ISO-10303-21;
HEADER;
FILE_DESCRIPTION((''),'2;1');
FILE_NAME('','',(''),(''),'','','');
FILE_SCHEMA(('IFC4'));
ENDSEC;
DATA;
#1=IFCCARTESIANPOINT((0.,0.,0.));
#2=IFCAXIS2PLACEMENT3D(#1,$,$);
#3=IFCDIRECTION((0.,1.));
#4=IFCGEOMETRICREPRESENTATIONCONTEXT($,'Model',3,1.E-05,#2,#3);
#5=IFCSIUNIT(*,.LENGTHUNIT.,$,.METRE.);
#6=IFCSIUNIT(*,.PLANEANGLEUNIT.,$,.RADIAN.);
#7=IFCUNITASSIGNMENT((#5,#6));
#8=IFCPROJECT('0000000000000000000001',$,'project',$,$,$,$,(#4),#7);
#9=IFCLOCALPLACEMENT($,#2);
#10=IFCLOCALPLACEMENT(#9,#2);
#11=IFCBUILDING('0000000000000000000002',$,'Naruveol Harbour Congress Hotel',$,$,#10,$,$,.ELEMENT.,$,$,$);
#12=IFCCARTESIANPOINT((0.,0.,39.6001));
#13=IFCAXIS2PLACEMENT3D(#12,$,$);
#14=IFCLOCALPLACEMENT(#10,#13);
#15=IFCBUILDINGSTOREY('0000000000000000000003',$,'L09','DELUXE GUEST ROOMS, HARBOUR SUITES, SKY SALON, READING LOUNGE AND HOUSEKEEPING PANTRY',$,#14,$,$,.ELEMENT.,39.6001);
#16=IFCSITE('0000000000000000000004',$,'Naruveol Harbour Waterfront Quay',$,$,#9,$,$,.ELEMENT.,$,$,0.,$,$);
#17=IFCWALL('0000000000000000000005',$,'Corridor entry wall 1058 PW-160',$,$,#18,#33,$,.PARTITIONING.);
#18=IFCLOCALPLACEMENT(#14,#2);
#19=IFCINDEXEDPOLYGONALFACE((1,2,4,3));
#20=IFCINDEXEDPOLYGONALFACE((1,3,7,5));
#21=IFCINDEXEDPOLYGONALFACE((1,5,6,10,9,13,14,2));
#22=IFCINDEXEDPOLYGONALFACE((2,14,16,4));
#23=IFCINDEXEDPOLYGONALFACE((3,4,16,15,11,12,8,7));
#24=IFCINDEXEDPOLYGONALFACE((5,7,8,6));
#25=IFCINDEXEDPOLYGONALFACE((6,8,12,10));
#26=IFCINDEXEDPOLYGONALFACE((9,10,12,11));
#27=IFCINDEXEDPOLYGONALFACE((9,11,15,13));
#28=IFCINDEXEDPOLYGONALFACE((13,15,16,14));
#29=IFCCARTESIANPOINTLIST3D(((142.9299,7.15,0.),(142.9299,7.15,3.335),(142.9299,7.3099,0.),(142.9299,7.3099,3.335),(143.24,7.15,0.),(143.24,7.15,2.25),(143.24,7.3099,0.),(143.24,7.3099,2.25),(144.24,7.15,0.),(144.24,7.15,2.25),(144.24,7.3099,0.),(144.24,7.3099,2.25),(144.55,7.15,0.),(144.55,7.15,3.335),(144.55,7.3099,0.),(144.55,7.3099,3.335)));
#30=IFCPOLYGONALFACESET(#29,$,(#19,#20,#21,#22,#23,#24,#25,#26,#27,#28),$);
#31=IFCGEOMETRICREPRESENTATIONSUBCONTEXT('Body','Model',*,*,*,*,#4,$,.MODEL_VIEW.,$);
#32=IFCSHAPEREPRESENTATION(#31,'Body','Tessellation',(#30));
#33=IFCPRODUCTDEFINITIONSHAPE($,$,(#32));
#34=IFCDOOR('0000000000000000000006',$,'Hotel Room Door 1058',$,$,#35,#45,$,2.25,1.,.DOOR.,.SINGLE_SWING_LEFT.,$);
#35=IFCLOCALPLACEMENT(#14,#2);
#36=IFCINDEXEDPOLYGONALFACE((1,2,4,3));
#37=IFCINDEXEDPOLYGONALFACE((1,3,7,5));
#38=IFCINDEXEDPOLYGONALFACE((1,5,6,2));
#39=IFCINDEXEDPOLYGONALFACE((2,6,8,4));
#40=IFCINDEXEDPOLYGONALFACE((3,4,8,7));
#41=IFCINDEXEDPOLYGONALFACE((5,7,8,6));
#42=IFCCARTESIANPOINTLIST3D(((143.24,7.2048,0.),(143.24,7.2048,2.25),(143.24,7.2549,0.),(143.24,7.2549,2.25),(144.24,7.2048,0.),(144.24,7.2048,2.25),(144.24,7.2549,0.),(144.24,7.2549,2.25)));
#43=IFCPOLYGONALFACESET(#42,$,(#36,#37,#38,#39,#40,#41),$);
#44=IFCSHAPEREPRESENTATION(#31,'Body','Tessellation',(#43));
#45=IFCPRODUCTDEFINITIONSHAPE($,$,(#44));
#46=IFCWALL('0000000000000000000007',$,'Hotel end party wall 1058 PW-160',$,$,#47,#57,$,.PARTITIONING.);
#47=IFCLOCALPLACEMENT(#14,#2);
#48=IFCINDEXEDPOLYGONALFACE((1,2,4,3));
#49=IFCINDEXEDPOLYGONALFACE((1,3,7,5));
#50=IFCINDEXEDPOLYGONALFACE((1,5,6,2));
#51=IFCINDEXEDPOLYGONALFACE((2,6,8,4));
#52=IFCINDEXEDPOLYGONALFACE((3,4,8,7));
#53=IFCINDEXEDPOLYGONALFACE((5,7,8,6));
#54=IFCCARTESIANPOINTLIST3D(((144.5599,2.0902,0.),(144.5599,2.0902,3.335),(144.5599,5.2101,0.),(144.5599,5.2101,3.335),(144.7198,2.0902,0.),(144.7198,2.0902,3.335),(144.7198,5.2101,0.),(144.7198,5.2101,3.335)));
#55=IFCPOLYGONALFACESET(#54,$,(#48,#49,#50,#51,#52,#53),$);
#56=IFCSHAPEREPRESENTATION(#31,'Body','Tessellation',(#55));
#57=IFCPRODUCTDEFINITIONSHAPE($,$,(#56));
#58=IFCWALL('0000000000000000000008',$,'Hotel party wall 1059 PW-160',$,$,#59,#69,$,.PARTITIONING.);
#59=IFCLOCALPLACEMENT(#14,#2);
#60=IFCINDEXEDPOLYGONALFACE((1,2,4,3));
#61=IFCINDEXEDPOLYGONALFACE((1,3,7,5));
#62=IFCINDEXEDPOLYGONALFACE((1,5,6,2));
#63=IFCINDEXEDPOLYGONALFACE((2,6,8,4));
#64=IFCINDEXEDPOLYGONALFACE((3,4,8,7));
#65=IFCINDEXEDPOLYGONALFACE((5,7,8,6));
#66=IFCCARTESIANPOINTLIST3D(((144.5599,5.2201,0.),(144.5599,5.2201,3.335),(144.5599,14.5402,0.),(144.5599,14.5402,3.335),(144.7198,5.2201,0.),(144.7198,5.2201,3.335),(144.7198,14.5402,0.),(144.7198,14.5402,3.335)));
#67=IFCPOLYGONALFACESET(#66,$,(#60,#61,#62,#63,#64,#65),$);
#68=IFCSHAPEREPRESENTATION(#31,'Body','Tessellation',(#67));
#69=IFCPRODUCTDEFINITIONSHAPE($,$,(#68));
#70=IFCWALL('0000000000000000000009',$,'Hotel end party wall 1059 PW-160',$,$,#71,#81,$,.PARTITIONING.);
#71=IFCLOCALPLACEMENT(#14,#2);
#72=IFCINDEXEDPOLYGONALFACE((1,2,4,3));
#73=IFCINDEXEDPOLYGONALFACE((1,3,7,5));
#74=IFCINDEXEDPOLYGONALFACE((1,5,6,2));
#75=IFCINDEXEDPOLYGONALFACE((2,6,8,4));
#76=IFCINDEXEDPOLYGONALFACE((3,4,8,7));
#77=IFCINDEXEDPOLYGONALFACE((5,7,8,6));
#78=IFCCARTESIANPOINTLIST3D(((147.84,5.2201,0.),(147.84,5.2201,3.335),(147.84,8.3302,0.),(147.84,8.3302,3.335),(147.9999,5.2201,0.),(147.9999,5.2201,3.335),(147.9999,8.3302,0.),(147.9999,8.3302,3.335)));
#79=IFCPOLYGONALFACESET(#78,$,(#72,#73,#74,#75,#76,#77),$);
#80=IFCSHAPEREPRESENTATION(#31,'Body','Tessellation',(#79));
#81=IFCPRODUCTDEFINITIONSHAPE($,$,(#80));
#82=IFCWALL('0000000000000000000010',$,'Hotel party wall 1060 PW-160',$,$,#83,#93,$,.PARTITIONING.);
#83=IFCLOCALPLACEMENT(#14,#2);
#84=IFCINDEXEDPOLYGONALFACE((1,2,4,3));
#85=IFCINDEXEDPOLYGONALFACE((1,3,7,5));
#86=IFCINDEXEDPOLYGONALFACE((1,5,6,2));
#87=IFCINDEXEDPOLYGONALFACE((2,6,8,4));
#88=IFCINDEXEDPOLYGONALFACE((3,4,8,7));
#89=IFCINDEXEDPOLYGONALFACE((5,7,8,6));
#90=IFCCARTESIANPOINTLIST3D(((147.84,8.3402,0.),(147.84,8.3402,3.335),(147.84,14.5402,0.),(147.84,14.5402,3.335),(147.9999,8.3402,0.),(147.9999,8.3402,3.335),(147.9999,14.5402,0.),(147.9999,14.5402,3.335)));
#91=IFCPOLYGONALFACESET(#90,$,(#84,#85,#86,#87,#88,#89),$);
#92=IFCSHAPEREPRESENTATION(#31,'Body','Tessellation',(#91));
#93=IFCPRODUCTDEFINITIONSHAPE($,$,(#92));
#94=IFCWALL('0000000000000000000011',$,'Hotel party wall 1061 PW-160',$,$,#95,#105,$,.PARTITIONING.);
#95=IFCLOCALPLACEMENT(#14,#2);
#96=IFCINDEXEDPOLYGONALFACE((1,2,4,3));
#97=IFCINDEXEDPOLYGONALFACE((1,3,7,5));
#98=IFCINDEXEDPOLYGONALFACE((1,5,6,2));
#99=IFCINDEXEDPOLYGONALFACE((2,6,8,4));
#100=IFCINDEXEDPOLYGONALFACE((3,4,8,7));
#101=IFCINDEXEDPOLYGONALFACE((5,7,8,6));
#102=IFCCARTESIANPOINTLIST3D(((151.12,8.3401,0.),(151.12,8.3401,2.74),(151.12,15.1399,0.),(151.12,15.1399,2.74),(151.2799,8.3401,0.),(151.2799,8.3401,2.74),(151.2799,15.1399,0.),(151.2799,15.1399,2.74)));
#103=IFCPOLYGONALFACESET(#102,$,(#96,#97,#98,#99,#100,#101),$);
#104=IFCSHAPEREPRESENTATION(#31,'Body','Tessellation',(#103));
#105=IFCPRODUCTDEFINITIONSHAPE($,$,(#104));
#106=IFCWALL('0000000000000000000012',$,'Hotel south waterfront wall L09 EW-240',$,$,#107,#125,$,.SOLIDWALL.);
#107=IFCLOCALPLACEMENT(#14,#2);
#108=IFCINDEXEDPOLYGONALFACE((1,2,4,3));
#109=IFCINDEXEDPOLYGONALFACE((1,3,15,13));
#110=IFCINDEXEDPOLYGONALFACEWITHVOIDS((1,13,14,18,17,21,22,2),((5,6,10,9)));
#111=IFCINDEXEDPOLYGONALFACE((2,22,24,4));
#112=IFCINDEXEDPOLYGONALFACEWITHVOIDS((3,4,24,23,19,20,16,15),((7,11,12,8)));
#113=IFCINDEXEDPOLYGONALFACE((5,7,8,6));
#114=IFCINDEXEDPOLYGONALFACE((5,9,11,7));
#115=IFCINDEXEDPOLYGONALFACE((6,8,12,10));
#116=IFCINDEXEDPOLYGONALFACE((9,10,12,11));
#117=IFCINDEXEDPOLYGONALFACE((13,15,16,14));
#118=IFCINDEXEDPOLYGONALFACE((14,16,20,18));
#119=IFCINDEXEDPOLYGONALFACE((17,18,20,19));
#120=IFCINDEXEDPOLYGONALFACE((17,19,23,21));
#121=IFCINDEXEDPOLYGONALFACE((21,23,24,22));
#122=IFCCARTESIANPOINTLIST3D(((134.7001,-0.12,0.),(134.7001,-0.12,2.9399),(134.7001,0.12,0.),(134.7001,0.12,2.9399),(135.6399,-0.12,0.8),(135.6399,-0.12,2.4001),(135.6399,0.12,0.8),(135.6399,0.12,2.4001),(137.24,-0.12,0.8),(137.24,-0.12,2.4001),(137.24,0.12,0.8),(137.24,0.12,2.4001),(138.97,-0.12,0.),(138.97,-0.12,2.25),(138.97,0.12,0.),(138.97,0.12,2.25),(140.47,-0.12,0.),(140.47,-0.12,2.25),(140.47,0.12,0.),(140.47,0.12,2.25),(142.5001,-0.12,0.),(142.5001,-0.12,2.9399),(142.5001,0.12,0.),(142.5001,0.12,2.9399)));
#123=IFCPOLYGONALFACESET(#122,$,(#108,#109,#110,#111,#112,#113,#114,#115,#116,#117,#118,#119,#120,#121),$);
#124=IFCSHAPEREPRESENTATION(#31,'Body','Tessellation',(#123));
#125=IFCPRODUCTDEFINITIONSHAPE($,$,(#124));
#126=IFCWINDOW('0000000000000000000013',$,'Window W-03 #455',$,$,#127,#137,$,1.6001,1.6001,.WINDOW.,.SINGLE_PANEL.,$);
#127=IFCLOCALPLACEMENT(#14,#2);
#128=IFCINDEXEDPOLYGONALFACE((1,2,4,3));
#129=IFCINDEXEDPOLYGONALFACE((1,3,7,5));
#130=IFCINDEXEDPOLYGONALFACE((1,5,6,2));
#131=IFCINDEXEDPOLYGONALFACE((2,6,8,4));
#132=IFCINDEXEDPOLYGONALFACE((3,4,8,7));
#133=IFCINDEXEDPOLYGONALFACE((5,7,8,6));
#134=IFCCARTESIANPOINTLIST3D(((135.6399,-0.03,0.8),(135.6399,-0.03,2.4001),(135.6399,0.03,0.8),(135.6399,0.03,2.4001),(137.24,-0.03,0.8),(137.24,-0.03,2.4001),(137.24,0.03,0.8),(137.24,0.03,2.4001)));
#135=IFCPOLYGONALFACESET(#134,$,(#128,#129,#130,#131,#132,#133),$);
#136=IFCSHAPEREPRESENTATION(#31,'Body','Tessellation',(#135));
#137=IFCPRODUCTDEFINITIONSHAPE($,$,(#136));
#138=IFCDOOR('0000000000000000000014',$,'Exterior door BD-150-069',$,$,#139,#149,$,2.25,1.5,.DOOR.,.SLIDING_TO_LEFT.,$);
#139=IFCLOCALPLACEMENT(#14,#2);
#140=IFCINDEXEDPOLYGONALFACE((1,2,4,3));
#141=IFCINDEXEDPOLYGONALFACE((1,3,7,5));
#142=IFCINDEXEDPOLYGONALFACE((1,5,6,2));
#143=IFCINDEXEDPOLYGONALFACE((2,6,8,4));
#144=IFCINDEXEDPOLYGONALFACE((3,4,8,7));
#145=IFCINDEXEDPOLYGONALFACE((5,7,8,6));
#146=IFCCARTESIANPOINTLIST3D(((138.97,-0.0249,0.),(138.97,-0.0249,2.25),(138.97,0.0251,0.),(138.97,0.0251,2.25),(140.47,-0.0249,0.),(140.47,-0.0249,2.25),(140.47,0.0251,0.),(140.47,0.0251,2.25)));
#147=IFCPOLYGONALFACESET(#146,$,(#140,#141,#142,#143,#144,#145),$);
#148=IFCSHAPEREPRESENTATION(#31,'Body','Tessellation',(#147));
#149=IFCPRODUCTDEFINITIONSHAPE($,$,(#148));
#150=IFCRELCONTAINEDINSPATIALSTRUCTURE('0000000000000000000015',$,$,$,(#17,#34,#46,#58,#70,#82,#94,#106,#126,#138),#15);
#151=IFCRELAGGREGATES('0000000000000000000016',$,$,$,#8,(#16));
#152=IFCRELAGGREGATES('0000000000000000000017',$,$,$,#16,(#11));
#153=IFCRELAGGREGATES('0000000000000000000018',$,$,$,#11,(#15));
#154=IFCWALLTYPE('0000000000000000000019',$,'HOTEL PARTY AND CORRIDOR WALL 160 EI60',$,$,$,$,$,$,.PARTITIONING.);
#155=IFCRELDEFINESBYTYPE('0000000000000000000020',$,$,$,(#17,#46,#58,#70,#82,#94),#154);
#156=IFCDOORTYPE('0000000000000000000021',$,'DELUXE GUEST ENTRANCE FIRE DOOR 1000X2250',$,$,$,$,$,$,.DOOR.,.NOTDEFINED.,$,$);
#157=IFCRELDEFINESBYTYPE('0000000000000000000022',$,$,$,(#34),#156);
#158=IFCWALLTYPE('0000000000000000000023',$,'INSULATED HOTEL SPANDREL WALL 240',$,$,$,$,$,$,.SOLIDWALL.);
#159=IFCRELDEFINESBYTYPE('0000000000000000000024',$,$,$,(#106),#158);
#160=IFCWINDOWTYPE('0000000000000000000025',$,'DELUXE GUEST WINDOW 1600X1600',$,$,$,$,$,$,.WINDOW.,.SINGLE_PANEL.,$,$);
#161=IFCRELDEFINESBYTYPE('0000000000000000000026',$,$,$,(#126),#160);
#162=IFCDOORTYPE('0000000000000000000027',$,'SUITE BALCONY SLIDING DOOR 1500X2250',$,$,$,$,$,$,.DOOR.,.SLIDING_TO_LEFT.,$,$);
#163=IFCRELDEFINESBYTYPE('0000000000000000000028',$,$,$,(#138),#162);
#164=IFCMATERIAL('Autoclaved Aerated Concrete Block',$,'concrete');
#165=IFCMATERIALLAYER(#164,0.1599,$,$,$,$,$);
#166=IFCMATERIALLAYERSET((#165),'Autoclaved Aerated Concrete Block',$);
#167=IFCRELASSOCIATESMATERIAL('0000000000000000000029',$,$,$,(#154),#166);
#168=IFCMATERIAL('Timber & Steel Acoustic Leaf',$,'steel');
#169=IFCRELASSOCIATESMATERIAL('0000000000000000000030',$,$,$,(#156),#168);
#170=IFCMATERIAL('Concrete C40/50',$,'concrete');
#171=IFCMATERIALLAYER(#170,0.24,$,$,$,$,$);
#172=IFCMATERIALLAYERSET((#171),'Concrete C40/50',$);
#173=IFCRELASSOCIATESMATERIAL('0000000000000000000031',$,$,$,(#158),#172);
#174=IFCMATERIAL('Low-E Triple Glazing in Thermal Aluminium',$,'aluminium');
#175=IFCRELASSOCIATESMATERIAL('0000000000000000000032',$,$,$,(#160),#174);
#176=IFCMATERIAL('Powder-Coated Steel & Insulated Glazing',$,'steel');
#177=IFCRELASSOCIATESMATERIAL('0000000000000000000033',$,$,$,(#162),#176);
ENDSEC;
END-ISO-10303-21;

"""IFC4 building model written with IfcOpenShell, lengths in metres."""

from ifc_helpers import new_model, si_unit, direction, frame, frame_2d, origin, place, context, subcontext, project, spatial, rectangle, extrude, material, layer, layer_set, type_object, element, fill, save


model = new_model("IFC4")

# Units and contexts
model_context = context("Model", 3, precision=1e-05, world=origin(), true_north=direction((0.0, 1.0)))
body_context = subcontext(model_context, "Body", "Model", "MODEL_VIEW")
ifc_project = project(units=[si_unit("LENGTHUNIT", "METRE"), si_unit("PLANEANGLEUNIT", "RADIAN")], contexts=[model_context])

# Site, building, storey
site_placement = place(None, origin())
site = spatial("IfcSite", under=ifc_project, at=site_placement, Name="Naruveol Harbour Waterfront Quay", CompositionType="ELEMENT", RefElevation=0.0)
building_placement = place(site_placement, origin())
building = spatial("IfcBuilding", under=site, at=building_placement, Name="Naruveol Harbour Congress Hotel", CompositionType="ELEMENT")
storey_placement = place(building_placement, frame((0.0, 0.0, 39.6001)))
storey = spatial("IfcBuildingStorey", under=building, at=storey_placement, Name="L09", Description="DELUXE GUEST ROOMS, HARBOUR SUITES, SKY SALON, READING LOUNGE AND HOUSEKEEPING PANTRY", CompositionType="ELEMENT", Elevation=39.6001)

# Shared definitions
ifc_material_1 = material(Name="Autoclaved Aerated Concrete Block", Category="concrete")
ifc_layer_1 = layer(ifc_material_1, 0.1599)
ifc_layer_set_1 = layer_set([ifc_layer_1], Name="Autoclaved Aerated Concrete Block")
wall_type_1 = type_object("IfcWallType", Name="HOTEL PARTY AND CORRIDOR WALL 160 EI60", PredefinedType="PARTITIONING", material=ifc_layer_set_1)

# Wall, opening, door
wall_1_placement = place(storey_placement, frame((142.9299, 7.23, 0.0), z_axis=(0.0, 0.0, 1.0), x_axis=(1.0, 0.0, 0.0)))
wall_1 = element("IfcWall", 1, at=wall_1_placement, inside=storey, type_object=wall_type_1, Name="Corridor entry wall 1058 PW-160", PredefinedType="PARTITIONING", context=body_context, shape_type="SweptSolid", body=[
    extrude(rectangle(XDim=1.6201, YDim=0.1599, at=frame_2d((0.8101, 0.0))), origin(), (0.0, 0.0, 1.0), 3.335),
])
opening_1_placement = place(wall_1_placement, frame((0.3101, 0.0, 0.0)))
opening_1 = element("IfcOpeningElement", 2, at=opening_1_placement, cuts=wall_1, PredefinedType="OPENING", context=body_context, shape_type="SweptSolid", body=[
    extrude(rectangle(XDim=1.0, YDim=2.25, at=frame_2d((0.5, 1.125))), frame((0.0, 0.0898, 0.0), z_axis=(0.0, -1.0, 0.0), x_axis=(1.0, 0.0, 0.0)), (0.0, 0.0, 1.0), 0.1799),
])
ifc_material_2 = material(Name="Timber & Steel Acoustic Leaf", Category="steel")
door_type_1 = type_object("IfcDoorType", Name="DELUXE GUEST ENTRANCE FIRE DOOR 1000X2250", OperationType="NOTDEFINED", PredefinedType="DOOR", material=ifc_material_2)
door_1_placement = place(opening_1_placement, origin())
door_1 = element("IfcDoor", 3, at=door_1_placement, inside=storey, type_object=door_type_1, Name="Hotel Room Door 1058", OperationType="SINGLE_SWING_LEFT", OverallHeight=2.25, OverallWidth=1.0, PredefinedType="DOOR", context=body_context, shape_type="SweptSolid", body=[
    extrude(rectangle(XDim=1.0, YDim=2.25, at=frame_2d((0.5, 1.125))), frame((0.0, 0.0249, 0.0), z_axis=(0.0, -1.0, 0.0), x_axis=(1.0, 0.0, 0.0)), (0.0, 0.0, 1.0), 0.05),
])
fill(opening_1, door_1)

# Walls
wall_2_placement = place(storey_placement, frame((144.6399, 2.0901, 0.0), z_axis=(0.0, 0.0, 1.0), x_axis=(0.0, 1.0, 0.0)))
element("IfcWall", 4, at=wall_2_placement, inside=storey, type_object=wall_type_1, Name="Hotel end party wall 1058 PW-160", PredefinedType="PARTITIONING", context=body_context, shape_type="SweptSolid", body=[
    extrude(rectangle(XDim=3.1199, YDim=0.1599, at=frame_2d((1.5601, 0.0))), origin(), (0.0, 0.0, 1.0), 3.335),
])
wall_3_placement = place(storey_placement, frame((144.6399, 5.22, 0.0), z_axis=(0.0, 0.0, 1.0), x_axis=(0.0, 1.0, 0.0)))
element("IfcWall", 5, at=wall_3_placement, inside=storey, type_object=wall_type_1, Name="Hotel party wall 1059 PW-160", PredefinedType="PARTITIONING", context=body_context, shape_type="SweptSolid", body=[
    extrude(rectangle(XDim=9.3201, YDim=0.1599, at=frame_2d((4.6602, 0.0))), origin(), (0.0, 0.0, 1.0), 3.335),
])
wall_4_placement = place(storey_placement, frame((147.9199, 5.22, 0.0), z_axis=(0.0, 0.0, 1.0), x_axis=(0.0, 1.0, 0.0)))
element("IfcWall", 6, at=wall_4_placement, inside=storey, type_object=wall_type_1, Name="Hotel end party wall 1059 PW-160", PredefinedType="PARTITIONING", context=body_context, shape_type="SweptSolid", body=[
    extrude(rectangle(XDim=3.1101, YDim=0.1599, at=frame_2d((1.5552, 0.0))), origin(), (0.0, 0.0, 1.0), 3.335),
])
wall_5_placement = place(storey_placement, frame((147.9199, 8.3401, 0.0), z_axis=(0.0, 0.0, 1.0), x_axis=(0.0, 1.0, 0.0)))
element("IfcWall", 7, at=wall_5_placement, inside=storey, type_object=wall_type_1, Name="Hotel party wall 1060 PW-160", PredefinedType="PARTITIONING", context=body_context, shape_type="SweptSolid", body=[
    extrude(rectangle(XDim=6.2, YDim=0.1599, at=frame_2d((3.1001, 0.0))), origin(), (0.0, 0.0, 1.0), 3.335),
])
wall_6_placement = place(storey_placement, frame((151.2, 8.3401, 0.0), z_axis=(0.0, 0.0, 1.0), x_axis=(0.0, 1.0, 0.0)))
element("IfcWall", 8, at=wall_6_placement, inside=storey, type_object=wall_type_1, Name="Hotel party wall 1061 PW-160", PredefinedType="PARTITIONING", context=body_context, shape_type="SweptSolid", body=[
    extrude(rectangle(XDim=6.7998, YDim=0.1599, at=frame_2d((3.3999, 0.0))), origin(), (0.0, 0.0, 1.0), 2.74),
])

# Wall, openings, window, door
ifc_material_3 = material(Name="Concrete C40/50", Category="concrete")
ifc_layer_2 = layer(ifc_material_3, 0.24)
ifc_layer_set_2 = layer_set([ifc_layer_2], Name="Concrete C40/50")
wall_type_2 = type_object("IfcWallType", Name="INSULATED HOTEL SPANDREL WALL 240", PredefinedType="SOLIDWALL", material=ifc_layer_set_2)
wall_7_placement = place(storey_placement, frame((142.5, 0.0, 0.0), z_axis=(0.0, 0.0, 1.0), x_axis=(-1.0, 0.0, 0.0)))
wall_7 = element("IfcWall", 9, at=wall_7_placement, inside=storey, type_object=wall_type_2, Name="Hotel south waterfront wall L09 EW-240", PredefinedType="SOLIDWALL", context=body_context, shape_type="SweptSolid", body=[
    extrude(rectangle(XDim=7.8, YDim=0.24, at=frame_2d((3.8999, 0.0))), origin(), (0.0, 0.0, 1.0), 2.9399),
])
opening_2_placement = place(wall_7_placement, frame((2.03, 0.0, 0.0)))
opening_2 = element("IfcOpeningElement", 10, at=opening_2_placement, cuts=wall_7, PredefinedType="OPENING", context=body_context, shape_type="SweptSolid", body=[
    extrude(rectangle(XDim=1.5, YDim=2.25, at=frame_2d((0.75, 1.125))), frame((0.0, 0.1299, 0.0), z_axis=(0.0, -1.0, 0.0), x_axis=(1.0, 0.0, 0.0)), (0.0, 0.0, 1.0), 0.26),
])
opening_3_placement = place(wall_7_placement, frame((5.26, 0.0, 0.8)))
opening_3 = element("IfcOpeningElement", 11, at=opening_3_placement, cuts=wall_7, PredefinedType="OPENING", context=body_context, shape_type="SweptSolid", body=[
    extrude(rectangle(XDim=1.6001, YDim=1.6001, at=frame_2d((0.8, 0.8))), frame((0.0, 0.1299, 0.0), z_axis=(0.0, -1.0, 0.0), x_axis=(1.0, 0.0, 0.0)), (0.0, 0.0, 1.0), 0.26),
])
ifc_material_4 = material(Name="Low-E Triple Glazing in Thermal Aluminium", Category="aluminium")
window_type = type_object("IfcWindowType", Name="DELUXE GUEST WINDOW 1600X1600", PartitioningType="SINGLE_PANEL", PredefinedType="WINDOW", material=ifc_material_4)
window_1_placement = place(opening_3_placement, origin())
window_1 = element("IfcWindow", 12, at=window_1_placement, inside=storey, type_object=window_type, Name="Window W-03 #455", OverallHeight=1.6001, OverallWidth=1.6001, PartitioningType="SINGLE_PANEL", PredefinedType="WINDOW", context=body_context, shape_type="SweptSolid", body=[
    extrude(rectangle(XDim=1.6001, YDim=1.6001, at=frame_2d((0.8, 0.8))), frame((0.0, 0.03, 0.0), z_axis=(0.0, -1.0, 0.0), x_axis=(1.0, 0.0, 0.0)), (0.0, 0.0, 1.0), 0.0601),
])
fill(opening_3, window_1)
ifc_material_5 = material(Name="Powder-Coated Steel & Insulated Glazing", Category="steel")
door_type_2 = type_object("IfcDoorType", Name="SUITE BALCONY SLIDING DOOR 1500X2250", OperationType="SLIDING_TO_LEFT", PredefinedType="DOOR", material=ifc_material_5)
door_2_placement = place(opening_2_placement, origin())
door_2 = element("IfcDoor", 13, at=door_2_placement, inside=storey, type_object=door_type_2, Name="Exterior door BD-150-069", OperationType="SLIDING_TO_LEFT", OverallHeight=2.25, OverallWidth=1.5, PredefinedType="DOOR", context=body_context, shape_type="SweptSolid", body=[
    extrude(rectangle(XDim=1.5, YDim=2.25, at=frame_2d((0.75, 1.125))), frame((0.0, 0.0249, 0.0), z_axis=(0.0, -1.0, 0.0), x_axis=(1.0, 0.0, 0.0)), (0.0, 0.0, 1.0), 0.05),
])
fill(opening_2, door_2)

save(model, "model.ifc")
